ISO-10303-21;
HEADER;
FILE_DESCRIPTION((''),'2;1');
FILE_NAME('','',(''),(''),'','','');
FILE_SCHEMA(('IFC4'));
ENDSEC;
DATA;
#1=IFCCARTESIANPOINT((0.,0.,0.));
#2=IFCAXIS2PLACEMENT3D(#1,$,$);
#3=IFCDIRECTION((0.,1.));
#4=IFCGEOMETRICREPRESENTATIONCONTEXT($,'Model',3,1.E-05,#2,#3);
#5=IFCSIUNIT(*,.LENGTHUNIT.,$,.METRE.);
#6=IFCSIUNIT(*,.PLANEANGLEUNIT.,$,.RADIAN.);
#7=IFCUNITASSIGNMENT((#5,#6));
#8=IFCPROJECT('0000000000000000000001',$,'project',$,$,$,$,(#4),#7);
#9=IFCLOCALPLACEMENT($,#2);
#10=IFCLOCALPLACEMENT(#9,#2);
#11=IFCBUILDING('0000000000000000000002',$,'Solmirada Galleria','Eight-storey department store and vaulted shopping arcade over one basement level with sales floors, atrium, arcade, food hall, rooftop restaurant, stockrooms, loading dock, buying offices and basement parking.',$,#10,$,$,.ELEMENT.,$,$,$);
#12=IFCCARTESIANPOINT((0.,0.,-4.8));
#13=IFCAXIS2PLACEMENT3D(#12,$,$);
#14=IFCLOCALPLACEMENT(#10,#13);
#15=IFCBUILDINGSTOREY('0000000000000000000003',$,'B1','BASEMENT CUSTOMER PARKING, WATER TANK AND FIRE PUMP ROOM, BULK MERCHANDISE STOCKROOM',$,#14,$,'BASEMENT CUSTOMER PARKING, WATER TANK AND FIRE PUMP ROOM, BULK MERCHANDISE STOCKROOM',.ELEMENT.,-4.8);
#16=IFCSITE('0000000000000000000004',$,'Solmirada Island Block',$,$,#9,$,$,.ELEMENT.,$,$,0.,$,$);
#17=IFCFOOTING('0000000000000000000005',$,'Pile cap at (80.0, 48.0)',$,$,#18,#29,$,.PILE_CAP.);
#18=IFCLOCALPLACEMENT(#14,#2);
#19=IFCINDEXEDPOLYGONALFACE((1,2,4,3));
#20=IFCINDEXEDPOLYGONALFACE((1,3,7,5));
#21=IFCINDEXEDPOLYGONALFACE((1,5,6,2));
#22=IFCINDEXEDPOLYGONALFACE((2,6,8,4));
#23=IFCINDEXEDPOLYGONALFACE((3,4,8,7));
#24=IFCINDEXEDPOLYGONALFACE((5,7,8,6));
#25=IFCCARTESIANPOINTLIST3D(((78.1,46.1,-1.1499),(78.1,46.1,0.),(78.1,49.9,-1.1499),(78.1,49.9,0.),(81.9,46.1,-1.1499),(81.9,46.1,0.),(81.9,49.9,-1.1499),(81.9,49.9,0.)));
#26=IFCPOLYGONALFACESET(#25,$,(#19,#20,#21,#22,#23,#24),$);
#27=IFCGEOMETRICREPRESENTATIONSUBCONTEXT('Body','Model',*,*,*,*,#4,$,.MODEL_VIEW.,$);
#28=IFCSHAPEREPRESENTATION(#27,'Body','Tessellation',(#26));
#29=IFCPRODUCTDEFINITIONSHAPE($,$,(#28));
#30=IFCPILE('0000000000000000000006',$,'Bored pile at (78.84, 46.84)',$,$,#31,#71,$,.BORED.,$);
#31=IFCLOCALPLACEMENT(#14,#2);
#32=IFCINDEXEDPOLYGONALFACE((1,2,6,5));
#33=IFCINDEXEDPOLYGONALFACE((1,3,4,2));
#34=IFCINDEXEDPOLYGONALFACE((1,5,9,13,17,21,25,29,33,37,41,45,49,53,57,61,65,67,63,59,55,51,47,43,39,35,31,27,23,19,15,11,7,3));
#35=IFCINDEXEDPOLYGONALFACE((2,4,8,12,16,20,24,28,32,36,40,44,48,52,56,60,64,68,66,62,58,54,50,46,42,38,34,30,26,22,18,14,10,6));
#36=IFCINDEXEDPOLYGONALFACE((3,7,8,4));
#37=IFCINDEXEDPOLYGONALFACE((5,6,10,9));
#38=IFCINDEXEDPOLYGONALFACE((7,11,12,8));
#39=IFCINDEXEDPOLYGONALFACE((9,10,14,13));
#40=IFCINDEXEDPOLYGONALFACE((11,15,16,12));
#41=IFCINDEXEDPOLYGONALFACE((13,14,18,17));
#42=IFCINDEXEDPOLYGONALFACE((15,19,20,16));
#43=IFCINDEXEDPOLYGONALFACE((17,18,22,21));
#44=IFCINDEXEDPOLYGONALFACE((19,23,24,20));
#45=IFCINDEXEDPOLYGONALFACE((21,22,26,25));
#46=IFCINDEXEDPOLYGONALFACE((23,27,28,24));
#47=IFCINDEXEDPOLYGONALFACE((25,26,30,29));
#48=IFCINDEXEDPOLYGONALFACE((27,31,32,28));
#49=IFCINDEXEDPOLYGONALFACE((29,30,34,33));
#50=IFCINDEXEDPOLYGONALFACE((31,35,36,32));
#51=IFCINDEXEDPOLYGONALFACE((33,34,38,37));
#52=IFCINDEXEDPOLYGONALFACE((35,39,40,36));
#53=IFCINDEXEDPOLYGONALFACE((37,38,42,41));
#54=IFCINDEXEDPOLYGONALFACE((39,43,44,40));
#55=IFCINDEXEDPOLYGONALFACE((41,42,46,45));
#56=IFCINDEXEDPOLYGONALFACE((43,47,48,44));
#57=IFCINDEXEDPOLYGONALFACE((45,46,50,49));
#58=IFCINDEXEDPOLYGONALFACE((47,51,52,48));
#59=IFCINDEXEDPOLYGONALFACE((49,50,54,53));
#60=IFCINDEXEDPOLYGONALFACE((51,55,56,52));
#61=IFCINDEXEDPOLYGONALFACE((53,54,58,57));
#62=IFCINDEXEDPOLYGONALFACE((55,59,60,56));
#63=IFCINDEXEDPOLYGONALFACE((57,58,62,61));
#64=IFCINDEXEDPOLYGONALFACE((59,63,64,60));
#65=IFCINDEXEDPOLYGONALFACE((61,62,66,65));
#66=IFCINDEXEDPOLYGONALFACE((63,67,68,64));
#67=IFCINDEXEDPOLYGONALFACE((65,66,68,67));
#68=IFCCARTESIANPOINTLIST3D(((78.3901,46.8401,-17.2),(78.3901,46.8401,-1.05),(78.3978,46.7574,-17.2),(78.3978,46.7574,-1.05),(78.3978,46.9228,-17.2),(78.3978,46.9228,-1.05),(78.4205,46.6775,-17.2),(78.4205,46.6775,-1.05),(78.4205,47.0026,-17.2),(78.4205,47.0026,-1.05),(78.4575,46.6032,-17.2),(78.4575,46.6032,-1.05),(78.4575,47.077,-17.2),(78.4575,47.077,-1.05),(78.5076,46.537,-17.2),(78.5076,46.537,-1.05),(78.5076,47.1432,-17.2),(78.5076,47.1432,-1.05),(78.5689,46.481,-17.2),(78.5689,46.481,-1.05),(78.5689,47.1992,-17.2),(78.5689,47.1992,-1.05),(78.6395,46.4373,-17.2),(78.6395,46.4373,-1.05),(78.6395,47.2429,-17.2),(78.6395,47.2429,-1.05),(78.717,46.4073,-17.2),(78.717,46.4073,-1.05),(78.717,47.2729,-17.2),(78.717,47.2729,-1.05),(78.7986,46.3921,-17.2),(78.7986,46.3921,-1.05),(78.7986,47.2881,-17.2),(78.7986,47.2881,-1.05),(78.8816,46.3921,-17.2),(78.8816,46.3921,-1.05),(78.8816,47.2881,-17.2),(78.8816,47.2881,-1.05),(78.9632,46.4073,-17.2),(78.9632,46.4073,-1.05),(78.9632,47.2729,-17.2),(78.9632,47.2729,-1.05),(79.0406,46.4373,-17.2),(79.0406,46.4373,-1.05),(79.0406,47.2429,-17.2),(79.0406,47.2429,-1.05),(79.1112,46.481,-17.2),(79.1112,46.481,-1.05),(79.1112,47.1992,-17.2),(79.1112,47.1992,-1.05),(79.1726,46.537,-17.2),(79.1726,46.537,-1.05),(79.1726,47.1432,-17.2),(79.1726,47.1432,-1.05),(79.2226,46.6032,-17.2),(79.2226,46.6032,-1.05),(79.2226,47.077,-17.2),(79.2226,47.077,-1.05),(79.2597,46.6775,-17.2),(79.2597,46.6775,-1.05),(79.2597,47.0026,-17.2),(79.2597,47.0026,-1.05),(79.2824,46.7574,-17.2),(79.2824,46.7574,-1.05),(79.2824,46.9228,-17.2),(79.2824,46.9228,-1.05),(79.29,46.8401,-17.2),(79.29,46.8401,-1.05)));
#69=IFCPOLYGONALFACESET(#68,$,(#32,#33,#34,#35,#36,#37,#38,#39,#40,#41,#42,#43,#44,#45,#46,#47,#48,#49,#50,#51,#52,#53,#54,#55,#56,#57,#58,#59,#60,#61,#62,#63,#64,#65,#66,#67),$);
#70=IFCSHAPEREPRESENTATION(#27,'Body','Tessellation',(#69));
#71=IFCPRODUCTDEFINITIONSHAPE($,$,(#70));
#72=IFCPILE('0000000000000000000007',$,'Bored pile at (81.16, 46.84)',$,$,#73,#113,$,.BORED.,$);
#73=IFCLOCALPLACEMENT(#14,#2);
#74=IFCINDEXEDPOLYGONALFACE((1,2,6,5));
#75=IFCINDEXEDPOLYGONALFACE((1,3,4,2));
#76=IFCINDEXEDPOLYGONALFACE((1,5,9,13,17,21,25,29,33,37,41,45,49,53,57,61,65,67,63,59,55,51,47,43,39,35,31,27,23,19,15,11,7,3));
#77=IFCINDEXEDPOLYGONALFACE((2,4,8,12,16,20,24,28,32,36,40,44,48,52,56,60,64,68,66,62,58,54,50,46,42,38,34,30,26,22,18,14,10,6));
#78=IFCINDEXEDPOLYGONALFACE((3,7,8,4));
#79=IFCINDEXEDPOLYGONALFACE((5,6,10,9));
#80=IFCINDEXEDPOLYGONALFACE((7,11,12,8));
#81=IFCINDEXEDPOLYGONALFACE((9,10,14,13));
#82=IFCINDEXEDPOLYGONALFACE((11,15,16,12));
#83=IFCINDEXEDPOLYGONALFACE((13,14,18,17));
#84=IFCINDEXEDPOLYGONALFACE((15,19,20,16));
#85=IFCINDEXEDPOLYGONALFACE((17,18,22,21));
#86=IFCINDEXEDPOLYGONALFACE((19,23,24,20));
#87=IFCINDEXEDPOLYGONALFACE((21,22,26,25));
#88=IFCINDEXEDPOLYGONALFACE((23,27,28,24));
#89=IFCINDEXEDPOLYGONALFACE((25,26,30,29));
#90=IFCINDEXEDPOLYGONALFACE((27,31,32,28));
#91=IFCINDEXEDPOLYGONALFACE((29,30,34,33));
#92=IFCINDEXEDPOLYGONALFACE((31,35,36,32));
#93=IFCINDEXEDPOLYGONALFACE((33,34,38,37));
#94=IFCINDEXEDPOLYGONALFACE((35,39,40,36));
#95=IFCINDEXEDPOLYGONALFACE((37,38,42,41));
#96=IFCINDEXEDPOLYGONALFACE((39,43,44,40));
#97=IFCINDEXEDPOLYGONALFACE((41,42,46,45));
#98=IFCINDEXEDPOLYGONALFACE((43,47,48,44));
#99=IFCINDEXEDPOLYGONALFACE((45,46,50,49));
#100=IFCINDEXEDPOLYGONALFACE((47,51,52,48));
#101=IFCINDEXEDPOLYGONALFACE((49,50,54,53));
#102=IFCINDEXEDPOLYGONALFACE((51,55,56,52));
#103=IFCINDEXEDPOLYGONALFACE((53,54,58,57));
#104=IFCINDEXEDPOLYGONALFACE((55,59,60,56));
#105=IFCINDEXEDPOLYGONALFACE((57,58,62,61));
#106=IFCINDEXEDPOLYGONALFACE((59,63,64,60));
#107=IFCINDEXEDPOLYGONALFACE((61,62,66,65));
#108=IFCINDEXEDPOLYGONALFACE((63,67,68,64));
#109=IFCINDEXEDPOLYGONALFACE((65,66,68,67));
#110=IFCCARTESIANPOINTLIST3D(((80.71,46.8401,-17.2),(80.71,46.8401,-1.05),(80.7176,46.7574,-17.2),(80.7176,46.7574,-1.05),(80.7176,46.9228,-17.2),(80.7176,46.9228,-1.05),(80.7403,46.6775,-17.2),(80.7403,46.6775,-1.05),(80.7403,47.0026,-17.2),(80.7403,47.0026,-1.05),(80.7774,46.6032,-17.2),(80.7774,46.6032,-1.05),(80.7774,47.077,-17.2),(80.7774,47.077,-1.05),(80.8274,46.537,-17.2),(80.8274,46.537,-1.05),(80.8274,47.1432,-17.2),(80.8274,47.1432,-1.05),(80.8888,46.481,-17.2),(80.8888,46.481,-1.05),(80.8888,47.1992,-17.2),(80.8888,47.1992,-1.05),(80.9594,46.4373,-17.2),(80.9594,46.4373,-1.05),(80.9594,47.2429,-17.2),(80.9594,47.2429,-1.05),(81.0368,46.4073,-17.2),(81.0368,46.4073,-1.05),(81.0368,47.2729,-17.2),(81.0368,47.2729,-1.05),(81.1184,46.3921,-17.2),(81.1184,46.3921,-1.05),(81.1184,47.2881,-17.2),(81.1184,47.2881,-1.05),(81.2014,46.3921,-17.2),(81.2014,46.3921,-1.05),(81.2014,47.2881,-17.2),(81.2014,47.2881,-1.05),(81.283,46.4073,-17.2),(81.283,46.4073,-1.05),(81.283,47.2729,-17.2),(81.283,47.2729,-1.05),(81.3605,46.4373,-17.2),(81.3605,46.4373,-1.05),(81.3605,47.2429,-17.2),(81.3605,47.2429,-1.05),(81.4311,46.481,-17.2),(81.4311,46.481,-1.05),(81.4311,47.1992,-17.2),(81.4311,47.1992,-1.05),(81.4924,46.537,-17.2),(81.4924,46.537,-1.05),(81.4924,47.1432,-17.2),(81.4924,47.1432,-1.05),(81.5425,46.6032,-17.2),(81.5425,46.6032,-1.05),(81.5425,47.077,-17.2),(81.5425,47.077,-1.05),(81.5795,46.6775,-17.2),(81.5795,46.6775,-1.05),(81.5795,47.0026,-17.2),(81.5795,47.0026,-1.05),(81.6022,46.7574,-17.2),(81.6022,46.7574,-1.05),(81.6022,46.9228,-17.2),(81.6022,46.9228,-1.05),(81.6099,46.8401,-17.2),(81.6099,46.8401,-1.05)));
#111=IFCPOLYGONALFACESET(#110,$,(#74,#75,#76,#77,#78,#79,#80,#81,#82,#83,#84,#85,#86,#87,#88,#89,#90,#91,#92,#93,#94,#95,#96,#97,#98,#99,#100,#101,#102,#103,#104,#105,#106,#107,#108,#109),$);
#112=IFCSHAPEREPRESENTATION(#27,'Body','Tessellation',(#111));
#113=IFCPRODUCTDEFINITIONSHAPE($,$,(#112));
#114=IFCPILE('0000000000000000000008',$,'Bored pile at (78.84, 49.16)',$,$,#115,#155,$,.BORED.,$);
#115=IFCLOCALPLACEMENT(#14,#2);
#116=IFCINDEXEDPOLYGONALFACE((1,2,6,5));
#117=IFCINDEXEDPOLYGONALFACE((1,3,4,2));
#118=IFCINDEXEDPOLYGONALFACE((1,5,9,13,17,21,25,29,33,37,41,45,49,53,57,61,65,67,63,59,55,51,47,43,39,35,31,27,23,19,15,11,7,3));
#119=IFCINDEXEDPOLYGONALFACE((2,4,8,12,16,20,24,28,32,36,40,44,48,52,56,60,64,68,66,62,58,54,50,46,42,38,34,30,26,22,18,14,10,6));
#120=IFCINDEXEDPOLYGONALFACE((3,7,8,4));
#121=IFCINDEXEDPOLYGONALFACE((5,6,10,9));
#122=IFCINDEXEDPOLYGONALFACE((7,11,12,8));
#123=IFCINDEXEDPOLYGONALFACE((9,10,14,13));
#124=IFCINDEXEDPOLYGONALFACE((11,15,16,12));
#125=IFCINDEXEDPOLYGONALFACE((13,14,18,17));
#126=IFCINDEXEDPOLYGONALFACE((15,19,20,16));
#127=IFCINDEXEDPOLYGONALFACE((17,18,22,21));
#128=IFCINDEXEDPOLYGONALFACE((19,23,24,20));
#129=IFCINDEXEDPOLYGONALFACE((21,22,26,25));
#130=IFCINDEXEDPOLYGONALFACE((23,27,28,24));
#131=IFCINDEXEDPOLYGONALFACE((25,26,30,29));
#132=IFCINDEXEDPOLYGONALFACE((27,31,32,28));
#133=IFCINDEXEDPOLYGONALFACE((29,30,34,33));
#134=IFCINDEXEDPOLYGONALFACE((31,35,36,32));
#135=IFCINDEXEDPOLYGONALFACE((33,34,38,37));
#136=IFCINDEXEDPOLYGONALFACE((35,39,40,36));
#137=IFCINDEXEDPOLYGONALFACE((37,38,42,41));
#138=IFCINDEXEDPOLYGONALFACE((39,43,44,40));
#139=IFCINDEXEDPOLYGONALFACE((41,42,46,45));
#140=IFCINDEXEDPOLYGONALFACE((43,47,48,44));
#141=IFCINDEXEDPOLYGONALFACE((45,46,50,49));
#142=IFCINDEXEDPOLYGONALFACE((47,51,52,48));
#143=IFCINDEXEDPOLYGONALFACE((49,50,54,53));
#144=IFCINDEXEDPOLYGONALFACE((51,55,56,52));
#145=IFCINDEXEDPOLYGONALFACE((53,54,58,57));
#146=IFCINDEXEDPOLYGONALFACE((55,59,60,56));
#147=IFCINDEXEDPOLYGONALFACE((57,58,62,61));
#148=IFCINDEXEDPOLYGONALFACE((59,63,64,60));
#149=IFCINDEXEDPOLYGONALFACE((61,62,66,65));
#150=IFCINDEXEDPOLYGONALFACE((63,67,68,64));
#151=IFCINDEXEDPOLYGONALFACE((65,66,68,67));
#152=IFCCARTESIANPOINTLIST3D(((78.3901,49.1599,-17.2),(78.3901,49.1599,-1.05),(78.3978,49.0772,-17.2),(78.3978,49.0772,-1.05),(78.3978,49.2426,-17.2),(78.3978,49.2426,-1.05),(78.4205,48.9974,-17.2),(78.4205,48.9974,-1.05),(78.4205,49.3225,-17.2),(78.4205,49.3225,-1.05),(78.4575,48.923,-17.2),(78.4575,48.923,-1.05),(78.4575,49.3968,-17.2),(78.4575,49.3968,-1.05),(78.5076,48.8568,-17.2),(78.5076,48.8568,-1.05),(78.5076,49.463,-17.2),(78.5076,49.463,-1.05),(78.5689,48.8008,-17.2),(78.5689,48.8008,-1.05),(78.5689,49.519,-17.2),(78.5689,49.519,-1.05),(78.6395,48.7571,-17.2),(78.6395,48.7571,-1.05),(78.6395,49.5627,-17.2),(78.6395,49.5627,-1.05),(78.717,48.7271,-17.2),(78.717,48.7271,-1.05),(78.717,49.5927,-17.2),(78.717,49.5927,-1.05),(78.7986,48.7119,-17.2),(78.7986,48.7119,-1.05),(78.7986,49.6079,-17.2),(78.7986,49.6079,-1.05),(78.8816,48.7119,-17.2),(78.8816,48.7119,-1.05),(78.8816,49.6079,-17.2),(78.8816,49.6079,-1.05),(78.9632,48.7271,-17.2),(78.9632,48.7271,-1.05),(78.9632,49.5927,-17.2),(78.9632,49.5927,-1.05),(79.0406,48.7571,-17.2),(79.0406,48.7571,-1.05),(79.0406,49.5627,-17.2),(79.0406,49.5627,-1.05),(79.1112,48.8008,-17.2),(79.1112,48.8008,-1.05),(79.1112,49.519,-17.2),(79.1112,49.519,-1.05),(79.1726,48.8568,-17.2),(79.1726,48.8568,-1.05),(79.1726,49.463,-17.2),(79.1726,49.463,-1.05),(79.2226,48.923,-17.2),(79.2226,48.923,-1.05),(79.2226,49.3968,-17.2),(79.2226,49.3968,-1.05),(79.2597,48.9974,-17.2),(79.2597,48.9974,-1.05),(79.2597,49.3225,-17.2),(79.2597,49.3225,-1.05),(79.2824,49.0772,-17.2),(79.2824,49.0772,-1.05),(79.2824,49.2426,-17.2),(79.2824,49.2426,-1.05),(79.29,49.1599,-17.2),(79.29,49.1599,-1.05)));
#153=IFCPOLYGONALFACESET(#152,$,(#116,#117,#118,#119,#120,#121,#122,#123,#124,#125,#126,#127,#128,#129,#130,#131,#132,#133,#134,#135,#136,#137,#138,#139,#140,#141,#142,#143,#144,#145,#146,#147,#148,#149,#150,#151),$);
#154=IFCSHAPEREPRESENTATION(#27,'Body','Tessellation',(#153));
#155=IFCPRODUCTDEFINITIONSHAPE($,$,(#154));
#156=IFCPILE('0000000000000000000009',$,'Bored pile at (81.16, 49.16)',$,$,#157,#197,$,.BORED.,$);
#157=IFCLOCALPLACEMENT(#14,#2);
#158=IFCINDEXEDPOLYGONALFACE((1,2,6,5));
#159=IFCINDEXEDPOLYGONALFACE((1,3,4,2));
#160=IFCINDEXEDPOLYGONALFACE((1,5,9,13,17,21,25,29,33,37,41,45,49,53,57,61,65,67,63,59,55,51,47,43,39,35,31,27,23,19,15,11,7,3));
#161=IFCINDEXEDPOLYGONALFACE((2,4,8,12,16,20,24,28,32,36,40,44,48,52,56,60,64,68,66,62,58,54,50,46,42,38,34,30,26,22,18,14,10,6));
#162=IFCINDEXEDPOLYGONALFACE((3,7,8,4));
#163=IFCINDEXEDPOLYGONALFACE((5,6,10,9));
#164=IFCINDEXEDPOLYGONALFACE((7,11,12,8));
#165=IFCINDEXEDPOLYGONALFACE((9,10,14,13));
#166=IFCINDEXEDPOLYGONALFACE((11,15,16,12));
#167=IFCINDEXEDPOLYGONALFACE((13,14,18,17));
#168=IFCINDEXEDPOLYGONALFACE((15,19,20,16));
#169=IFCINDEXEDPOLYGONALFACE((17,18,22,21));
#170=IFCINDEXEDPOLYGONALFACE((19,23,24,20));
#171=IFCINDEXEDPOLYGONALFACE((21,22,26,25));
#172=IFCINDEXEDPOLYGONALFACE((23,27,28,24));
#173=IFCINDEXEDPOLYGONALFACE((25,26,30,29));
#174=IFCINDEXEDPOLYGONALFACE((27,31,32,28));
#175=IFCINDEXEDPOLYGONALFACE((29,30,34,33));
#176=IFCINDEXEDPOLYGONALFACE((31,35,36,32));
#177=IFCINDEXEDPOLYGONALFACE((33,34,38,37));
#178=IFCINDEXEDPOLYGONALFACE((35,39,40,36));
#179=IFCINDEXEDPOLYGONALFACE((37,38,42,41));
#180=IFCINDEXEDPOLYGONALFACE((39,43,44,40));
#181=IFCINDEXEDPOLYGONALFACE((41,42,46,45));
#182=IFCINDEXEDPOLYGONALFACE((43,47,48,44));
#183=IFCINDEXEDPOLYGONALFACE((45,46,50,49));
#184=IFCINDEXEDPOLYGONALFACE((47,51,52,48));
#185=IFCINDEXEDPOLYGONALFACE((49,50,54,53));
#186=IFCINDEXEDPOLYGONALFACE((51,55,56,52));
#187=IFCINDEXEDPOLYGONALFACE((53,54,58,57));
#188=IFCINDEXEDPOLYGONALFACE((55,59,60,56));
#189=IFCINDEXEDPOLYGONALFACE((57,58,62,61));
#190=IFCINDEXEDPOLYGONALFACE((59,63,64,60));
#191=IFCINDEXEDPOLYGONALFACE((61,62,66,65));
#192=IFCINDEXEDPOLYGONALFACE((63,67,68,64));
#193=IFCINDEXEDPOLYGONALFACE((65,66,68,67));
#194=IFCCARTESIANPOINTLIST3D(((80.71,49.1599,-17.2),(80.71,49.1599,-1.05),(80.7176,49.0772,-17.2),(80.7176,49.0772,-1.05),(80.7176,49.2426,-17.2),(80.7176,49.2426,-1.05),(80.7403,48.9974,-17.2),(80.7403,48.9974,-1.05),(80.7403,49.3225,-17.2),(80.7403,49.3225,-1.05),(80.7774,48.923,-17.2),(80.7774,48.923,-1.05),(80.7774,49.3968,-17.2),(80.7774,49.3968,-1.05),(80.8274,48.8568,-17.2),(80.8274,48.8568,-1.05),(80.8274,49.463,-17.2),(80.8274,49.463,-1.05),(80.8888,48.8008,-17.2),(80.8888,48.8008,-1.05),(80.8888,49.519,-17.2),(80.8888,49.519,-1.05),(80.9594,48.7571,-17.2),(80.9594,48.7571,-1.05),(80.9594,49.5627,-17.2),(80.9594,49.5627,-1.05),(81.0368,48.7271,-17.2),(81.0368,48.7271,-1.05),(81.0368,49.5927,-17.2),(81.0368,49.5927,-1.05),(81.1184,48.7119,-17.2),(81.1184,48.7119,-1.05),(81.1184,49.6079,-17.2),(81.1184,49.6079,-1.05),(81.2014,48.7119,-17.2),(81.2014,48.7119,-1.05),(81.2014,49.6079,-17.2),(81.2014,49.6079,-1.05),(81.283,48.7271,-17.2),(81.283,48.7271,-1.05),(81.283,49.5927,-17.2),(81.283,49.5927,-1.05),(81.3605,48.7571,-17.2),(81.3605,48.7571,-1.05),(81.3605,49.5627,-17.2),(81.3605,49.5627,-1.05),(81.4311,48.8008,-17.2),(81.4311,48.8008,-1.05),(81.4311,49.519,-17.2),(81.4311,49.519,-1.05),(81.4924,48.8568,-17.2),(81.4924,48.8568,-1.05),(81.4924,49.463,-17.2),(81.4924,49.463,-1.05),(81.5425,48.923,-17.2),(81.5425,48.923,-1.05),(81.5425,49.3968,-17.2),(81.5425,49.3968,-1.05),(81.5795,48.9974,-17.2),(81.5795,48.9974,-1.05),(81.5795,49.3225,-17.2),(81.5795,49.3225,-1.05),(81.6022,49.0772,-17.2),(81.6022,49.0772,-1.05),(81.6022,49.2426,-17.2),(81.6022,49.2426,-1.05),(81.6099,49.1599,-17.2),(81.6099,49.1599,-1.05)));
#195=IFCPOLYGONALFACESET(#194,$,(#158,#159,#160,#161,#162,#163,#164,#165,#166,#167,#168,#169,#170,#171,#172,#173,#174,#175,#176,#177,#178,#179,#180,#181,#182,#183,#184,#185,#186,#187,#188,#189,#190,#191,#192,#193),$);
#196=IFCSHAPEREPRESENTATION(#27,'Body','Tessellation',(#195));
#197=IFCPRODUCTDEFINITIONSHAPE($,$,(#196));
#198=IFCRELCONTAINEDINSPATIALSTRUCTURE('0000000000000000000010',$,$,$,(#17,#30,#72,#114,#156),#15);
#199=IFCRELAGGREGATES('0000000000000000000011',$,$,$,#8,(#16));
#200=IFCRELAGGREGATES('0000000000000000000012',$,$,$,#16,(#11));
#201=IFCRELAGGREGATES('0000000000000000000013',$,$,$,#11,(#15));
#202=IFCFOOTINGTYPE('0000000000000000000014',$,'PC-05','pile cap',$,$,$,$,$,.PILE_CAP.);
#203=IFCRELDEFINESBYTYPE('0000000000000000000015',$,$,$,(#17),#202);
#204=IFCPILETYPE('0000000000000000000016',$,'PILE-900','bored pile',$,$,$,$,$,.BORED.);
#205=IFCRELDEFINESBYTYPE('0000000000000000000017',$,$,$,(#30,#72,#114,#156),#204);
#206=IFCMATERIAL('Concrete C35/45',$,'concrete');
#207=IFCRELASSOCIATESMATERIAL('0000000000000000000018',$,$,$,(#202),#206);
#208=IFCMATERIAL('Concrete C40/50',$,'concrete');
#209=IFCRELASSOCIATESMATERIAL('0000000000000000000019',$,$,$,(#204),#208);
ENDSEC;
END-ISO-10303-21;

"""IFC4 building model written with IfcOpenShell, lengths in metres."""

from ifc_helpers import new_model, si_unit, direction, frame, origin, origin_2d, place, context, subcontext, project, spatial, rectangle, circle, extrude, material, material_profile, profile_set, type_object, element, save


model = new_model("IFC4")

# Units and contexts
model_context = context("Model", 3, precision=1e-05, world=origin(), true_north=direction((0.0, 1.0)))
body_context = subcontext(model_context, "Body", "Model", "MODEL_VIEW")
ifc_project = project(units=[si_unit("LENGTHUNIT", "METRE"), si_unit("PLANEANGLEUNIT", "RADIAN")], contexts=[model_context])

# Site, building, storey
site_placement = place(None, origin())
site = spatial("IfcSite", under=ifc_project, at=site_placement, Name="Solmirada Island Block", CompositionType="ELEMENT", RefElevation=0.0)
building_placement = place(site_placement, origin())
building = spatial("IfcBuilding", under=site, at=building_placement, Name="Solmirada Galleria", Description="Eight-storey department store and vaulted shopping arcade over one basement level with sales floors, atrium, arcade, food hall, rooftop restaurant, stockrooms, loading dock, buying offices and basement parking.", CompositionType="ELEMENT")
storey_placement = place(building_placement, frame((0.0, 0.0, -4.8)))
storey = spatial("IfcBuildingStorey", under=building, at=storey_placement, Name="B1", Description="BASEMENT CUSTOMER PARKING, WATER TANK AND FIRE PUMP ROOM, BULK MERCHANDISE STOCKROOM", LongName="BASEMENT CUSTOMER PARKING, WATER TANK AND FIRE PUMP ROOM, BULK MERCHANDISE STOCKROOM", CompositionType="ELEMENT", Elevation=-4.8)

# Footing
ifc_material_1 = material(Name="Concrete C35/45", Category="concrete")
footing_type_1 = type_object("IfcFootingType", Name="PC-05", Description="pile cap", PredefinedType="PILE_CAP", material=ifc_material_1)
footing_1_placement = place(storey_placement, frame((80.0, 48.0, -1.1499), z_axis=(0.0, 0.0, 1.0), x_axis=(1.0, 0.0, 0.0)))
element("IfcFooting", 1, at=footing_1_placement, inside=storey, type_object=footing_type_1, Name="Pile cap at (80.0, 48.0)", PredefinedType="PILE_CAP", context=body_context, shape_type="SweptSolid", body=[
    extrude(rectangle(XDim=3.8, YDim=3.8, at=origin_2d()), origin(), (0.0, 0.0, 1.0), 1.1499),
])

# Piles
ifc_material_2 = material(Name="Concrete C40/50", Category="concrete")
ifc_material_profile_1 = material_profile(ifc_material_2, circle(Radius=0.45, at=origin_2d()), Name="PILE900")
ifc_profile_set_1 = profile_set([ifc_material_profile_1], Name="Concrete C40/50")
pile_type = type_object("IfcPileType", Name="PILE-900", Description="bored pile", PredefinedType="BORED", material=ifc_profile_set_1)
for number, where, z_axis, x_axis, name in (
    (2, (78.8401, 46.8401, -1.05), (0.0, 0.0, -1.0), (1.0, 0.0, 0.0), "Bored pile at (78.84, 46.84)"),
    (3, (81.1599, 46.8401, -1.05), (0.0, 0.0, -1.0), (1.0, 0.0, 0.0), "Bored pile at (81.16, 46.84)"),
    (4, (78.8401, 49.1599, -1.05), (0.0, 0.0, -1.0), (1.0, 0.0, 0.0), "Bored pile at (78.84, 49.16)"),
    (5, (81.1599, 49.1599, -1.05), (0.0, 0.0, -1.0), (1.0, 0.0, 0.0), "Bored pile at (81.16, 49.16)"),
):
    element("IfcPile", number, at=place(storey_placement, frame(where, z_axis=z_axis, x_axis=x_axis)), inside=storey, type_object=pile_type, Name=name, PredefinedType="BORED", context=body_context, shape_type="SweptSolid", body=[
        extrude(circle(Radius=0.45, at=origin_2d()), origin(), (0.0, 0.0, 1.0), 16.1499),
    ])

save(model, "model.ifc")
